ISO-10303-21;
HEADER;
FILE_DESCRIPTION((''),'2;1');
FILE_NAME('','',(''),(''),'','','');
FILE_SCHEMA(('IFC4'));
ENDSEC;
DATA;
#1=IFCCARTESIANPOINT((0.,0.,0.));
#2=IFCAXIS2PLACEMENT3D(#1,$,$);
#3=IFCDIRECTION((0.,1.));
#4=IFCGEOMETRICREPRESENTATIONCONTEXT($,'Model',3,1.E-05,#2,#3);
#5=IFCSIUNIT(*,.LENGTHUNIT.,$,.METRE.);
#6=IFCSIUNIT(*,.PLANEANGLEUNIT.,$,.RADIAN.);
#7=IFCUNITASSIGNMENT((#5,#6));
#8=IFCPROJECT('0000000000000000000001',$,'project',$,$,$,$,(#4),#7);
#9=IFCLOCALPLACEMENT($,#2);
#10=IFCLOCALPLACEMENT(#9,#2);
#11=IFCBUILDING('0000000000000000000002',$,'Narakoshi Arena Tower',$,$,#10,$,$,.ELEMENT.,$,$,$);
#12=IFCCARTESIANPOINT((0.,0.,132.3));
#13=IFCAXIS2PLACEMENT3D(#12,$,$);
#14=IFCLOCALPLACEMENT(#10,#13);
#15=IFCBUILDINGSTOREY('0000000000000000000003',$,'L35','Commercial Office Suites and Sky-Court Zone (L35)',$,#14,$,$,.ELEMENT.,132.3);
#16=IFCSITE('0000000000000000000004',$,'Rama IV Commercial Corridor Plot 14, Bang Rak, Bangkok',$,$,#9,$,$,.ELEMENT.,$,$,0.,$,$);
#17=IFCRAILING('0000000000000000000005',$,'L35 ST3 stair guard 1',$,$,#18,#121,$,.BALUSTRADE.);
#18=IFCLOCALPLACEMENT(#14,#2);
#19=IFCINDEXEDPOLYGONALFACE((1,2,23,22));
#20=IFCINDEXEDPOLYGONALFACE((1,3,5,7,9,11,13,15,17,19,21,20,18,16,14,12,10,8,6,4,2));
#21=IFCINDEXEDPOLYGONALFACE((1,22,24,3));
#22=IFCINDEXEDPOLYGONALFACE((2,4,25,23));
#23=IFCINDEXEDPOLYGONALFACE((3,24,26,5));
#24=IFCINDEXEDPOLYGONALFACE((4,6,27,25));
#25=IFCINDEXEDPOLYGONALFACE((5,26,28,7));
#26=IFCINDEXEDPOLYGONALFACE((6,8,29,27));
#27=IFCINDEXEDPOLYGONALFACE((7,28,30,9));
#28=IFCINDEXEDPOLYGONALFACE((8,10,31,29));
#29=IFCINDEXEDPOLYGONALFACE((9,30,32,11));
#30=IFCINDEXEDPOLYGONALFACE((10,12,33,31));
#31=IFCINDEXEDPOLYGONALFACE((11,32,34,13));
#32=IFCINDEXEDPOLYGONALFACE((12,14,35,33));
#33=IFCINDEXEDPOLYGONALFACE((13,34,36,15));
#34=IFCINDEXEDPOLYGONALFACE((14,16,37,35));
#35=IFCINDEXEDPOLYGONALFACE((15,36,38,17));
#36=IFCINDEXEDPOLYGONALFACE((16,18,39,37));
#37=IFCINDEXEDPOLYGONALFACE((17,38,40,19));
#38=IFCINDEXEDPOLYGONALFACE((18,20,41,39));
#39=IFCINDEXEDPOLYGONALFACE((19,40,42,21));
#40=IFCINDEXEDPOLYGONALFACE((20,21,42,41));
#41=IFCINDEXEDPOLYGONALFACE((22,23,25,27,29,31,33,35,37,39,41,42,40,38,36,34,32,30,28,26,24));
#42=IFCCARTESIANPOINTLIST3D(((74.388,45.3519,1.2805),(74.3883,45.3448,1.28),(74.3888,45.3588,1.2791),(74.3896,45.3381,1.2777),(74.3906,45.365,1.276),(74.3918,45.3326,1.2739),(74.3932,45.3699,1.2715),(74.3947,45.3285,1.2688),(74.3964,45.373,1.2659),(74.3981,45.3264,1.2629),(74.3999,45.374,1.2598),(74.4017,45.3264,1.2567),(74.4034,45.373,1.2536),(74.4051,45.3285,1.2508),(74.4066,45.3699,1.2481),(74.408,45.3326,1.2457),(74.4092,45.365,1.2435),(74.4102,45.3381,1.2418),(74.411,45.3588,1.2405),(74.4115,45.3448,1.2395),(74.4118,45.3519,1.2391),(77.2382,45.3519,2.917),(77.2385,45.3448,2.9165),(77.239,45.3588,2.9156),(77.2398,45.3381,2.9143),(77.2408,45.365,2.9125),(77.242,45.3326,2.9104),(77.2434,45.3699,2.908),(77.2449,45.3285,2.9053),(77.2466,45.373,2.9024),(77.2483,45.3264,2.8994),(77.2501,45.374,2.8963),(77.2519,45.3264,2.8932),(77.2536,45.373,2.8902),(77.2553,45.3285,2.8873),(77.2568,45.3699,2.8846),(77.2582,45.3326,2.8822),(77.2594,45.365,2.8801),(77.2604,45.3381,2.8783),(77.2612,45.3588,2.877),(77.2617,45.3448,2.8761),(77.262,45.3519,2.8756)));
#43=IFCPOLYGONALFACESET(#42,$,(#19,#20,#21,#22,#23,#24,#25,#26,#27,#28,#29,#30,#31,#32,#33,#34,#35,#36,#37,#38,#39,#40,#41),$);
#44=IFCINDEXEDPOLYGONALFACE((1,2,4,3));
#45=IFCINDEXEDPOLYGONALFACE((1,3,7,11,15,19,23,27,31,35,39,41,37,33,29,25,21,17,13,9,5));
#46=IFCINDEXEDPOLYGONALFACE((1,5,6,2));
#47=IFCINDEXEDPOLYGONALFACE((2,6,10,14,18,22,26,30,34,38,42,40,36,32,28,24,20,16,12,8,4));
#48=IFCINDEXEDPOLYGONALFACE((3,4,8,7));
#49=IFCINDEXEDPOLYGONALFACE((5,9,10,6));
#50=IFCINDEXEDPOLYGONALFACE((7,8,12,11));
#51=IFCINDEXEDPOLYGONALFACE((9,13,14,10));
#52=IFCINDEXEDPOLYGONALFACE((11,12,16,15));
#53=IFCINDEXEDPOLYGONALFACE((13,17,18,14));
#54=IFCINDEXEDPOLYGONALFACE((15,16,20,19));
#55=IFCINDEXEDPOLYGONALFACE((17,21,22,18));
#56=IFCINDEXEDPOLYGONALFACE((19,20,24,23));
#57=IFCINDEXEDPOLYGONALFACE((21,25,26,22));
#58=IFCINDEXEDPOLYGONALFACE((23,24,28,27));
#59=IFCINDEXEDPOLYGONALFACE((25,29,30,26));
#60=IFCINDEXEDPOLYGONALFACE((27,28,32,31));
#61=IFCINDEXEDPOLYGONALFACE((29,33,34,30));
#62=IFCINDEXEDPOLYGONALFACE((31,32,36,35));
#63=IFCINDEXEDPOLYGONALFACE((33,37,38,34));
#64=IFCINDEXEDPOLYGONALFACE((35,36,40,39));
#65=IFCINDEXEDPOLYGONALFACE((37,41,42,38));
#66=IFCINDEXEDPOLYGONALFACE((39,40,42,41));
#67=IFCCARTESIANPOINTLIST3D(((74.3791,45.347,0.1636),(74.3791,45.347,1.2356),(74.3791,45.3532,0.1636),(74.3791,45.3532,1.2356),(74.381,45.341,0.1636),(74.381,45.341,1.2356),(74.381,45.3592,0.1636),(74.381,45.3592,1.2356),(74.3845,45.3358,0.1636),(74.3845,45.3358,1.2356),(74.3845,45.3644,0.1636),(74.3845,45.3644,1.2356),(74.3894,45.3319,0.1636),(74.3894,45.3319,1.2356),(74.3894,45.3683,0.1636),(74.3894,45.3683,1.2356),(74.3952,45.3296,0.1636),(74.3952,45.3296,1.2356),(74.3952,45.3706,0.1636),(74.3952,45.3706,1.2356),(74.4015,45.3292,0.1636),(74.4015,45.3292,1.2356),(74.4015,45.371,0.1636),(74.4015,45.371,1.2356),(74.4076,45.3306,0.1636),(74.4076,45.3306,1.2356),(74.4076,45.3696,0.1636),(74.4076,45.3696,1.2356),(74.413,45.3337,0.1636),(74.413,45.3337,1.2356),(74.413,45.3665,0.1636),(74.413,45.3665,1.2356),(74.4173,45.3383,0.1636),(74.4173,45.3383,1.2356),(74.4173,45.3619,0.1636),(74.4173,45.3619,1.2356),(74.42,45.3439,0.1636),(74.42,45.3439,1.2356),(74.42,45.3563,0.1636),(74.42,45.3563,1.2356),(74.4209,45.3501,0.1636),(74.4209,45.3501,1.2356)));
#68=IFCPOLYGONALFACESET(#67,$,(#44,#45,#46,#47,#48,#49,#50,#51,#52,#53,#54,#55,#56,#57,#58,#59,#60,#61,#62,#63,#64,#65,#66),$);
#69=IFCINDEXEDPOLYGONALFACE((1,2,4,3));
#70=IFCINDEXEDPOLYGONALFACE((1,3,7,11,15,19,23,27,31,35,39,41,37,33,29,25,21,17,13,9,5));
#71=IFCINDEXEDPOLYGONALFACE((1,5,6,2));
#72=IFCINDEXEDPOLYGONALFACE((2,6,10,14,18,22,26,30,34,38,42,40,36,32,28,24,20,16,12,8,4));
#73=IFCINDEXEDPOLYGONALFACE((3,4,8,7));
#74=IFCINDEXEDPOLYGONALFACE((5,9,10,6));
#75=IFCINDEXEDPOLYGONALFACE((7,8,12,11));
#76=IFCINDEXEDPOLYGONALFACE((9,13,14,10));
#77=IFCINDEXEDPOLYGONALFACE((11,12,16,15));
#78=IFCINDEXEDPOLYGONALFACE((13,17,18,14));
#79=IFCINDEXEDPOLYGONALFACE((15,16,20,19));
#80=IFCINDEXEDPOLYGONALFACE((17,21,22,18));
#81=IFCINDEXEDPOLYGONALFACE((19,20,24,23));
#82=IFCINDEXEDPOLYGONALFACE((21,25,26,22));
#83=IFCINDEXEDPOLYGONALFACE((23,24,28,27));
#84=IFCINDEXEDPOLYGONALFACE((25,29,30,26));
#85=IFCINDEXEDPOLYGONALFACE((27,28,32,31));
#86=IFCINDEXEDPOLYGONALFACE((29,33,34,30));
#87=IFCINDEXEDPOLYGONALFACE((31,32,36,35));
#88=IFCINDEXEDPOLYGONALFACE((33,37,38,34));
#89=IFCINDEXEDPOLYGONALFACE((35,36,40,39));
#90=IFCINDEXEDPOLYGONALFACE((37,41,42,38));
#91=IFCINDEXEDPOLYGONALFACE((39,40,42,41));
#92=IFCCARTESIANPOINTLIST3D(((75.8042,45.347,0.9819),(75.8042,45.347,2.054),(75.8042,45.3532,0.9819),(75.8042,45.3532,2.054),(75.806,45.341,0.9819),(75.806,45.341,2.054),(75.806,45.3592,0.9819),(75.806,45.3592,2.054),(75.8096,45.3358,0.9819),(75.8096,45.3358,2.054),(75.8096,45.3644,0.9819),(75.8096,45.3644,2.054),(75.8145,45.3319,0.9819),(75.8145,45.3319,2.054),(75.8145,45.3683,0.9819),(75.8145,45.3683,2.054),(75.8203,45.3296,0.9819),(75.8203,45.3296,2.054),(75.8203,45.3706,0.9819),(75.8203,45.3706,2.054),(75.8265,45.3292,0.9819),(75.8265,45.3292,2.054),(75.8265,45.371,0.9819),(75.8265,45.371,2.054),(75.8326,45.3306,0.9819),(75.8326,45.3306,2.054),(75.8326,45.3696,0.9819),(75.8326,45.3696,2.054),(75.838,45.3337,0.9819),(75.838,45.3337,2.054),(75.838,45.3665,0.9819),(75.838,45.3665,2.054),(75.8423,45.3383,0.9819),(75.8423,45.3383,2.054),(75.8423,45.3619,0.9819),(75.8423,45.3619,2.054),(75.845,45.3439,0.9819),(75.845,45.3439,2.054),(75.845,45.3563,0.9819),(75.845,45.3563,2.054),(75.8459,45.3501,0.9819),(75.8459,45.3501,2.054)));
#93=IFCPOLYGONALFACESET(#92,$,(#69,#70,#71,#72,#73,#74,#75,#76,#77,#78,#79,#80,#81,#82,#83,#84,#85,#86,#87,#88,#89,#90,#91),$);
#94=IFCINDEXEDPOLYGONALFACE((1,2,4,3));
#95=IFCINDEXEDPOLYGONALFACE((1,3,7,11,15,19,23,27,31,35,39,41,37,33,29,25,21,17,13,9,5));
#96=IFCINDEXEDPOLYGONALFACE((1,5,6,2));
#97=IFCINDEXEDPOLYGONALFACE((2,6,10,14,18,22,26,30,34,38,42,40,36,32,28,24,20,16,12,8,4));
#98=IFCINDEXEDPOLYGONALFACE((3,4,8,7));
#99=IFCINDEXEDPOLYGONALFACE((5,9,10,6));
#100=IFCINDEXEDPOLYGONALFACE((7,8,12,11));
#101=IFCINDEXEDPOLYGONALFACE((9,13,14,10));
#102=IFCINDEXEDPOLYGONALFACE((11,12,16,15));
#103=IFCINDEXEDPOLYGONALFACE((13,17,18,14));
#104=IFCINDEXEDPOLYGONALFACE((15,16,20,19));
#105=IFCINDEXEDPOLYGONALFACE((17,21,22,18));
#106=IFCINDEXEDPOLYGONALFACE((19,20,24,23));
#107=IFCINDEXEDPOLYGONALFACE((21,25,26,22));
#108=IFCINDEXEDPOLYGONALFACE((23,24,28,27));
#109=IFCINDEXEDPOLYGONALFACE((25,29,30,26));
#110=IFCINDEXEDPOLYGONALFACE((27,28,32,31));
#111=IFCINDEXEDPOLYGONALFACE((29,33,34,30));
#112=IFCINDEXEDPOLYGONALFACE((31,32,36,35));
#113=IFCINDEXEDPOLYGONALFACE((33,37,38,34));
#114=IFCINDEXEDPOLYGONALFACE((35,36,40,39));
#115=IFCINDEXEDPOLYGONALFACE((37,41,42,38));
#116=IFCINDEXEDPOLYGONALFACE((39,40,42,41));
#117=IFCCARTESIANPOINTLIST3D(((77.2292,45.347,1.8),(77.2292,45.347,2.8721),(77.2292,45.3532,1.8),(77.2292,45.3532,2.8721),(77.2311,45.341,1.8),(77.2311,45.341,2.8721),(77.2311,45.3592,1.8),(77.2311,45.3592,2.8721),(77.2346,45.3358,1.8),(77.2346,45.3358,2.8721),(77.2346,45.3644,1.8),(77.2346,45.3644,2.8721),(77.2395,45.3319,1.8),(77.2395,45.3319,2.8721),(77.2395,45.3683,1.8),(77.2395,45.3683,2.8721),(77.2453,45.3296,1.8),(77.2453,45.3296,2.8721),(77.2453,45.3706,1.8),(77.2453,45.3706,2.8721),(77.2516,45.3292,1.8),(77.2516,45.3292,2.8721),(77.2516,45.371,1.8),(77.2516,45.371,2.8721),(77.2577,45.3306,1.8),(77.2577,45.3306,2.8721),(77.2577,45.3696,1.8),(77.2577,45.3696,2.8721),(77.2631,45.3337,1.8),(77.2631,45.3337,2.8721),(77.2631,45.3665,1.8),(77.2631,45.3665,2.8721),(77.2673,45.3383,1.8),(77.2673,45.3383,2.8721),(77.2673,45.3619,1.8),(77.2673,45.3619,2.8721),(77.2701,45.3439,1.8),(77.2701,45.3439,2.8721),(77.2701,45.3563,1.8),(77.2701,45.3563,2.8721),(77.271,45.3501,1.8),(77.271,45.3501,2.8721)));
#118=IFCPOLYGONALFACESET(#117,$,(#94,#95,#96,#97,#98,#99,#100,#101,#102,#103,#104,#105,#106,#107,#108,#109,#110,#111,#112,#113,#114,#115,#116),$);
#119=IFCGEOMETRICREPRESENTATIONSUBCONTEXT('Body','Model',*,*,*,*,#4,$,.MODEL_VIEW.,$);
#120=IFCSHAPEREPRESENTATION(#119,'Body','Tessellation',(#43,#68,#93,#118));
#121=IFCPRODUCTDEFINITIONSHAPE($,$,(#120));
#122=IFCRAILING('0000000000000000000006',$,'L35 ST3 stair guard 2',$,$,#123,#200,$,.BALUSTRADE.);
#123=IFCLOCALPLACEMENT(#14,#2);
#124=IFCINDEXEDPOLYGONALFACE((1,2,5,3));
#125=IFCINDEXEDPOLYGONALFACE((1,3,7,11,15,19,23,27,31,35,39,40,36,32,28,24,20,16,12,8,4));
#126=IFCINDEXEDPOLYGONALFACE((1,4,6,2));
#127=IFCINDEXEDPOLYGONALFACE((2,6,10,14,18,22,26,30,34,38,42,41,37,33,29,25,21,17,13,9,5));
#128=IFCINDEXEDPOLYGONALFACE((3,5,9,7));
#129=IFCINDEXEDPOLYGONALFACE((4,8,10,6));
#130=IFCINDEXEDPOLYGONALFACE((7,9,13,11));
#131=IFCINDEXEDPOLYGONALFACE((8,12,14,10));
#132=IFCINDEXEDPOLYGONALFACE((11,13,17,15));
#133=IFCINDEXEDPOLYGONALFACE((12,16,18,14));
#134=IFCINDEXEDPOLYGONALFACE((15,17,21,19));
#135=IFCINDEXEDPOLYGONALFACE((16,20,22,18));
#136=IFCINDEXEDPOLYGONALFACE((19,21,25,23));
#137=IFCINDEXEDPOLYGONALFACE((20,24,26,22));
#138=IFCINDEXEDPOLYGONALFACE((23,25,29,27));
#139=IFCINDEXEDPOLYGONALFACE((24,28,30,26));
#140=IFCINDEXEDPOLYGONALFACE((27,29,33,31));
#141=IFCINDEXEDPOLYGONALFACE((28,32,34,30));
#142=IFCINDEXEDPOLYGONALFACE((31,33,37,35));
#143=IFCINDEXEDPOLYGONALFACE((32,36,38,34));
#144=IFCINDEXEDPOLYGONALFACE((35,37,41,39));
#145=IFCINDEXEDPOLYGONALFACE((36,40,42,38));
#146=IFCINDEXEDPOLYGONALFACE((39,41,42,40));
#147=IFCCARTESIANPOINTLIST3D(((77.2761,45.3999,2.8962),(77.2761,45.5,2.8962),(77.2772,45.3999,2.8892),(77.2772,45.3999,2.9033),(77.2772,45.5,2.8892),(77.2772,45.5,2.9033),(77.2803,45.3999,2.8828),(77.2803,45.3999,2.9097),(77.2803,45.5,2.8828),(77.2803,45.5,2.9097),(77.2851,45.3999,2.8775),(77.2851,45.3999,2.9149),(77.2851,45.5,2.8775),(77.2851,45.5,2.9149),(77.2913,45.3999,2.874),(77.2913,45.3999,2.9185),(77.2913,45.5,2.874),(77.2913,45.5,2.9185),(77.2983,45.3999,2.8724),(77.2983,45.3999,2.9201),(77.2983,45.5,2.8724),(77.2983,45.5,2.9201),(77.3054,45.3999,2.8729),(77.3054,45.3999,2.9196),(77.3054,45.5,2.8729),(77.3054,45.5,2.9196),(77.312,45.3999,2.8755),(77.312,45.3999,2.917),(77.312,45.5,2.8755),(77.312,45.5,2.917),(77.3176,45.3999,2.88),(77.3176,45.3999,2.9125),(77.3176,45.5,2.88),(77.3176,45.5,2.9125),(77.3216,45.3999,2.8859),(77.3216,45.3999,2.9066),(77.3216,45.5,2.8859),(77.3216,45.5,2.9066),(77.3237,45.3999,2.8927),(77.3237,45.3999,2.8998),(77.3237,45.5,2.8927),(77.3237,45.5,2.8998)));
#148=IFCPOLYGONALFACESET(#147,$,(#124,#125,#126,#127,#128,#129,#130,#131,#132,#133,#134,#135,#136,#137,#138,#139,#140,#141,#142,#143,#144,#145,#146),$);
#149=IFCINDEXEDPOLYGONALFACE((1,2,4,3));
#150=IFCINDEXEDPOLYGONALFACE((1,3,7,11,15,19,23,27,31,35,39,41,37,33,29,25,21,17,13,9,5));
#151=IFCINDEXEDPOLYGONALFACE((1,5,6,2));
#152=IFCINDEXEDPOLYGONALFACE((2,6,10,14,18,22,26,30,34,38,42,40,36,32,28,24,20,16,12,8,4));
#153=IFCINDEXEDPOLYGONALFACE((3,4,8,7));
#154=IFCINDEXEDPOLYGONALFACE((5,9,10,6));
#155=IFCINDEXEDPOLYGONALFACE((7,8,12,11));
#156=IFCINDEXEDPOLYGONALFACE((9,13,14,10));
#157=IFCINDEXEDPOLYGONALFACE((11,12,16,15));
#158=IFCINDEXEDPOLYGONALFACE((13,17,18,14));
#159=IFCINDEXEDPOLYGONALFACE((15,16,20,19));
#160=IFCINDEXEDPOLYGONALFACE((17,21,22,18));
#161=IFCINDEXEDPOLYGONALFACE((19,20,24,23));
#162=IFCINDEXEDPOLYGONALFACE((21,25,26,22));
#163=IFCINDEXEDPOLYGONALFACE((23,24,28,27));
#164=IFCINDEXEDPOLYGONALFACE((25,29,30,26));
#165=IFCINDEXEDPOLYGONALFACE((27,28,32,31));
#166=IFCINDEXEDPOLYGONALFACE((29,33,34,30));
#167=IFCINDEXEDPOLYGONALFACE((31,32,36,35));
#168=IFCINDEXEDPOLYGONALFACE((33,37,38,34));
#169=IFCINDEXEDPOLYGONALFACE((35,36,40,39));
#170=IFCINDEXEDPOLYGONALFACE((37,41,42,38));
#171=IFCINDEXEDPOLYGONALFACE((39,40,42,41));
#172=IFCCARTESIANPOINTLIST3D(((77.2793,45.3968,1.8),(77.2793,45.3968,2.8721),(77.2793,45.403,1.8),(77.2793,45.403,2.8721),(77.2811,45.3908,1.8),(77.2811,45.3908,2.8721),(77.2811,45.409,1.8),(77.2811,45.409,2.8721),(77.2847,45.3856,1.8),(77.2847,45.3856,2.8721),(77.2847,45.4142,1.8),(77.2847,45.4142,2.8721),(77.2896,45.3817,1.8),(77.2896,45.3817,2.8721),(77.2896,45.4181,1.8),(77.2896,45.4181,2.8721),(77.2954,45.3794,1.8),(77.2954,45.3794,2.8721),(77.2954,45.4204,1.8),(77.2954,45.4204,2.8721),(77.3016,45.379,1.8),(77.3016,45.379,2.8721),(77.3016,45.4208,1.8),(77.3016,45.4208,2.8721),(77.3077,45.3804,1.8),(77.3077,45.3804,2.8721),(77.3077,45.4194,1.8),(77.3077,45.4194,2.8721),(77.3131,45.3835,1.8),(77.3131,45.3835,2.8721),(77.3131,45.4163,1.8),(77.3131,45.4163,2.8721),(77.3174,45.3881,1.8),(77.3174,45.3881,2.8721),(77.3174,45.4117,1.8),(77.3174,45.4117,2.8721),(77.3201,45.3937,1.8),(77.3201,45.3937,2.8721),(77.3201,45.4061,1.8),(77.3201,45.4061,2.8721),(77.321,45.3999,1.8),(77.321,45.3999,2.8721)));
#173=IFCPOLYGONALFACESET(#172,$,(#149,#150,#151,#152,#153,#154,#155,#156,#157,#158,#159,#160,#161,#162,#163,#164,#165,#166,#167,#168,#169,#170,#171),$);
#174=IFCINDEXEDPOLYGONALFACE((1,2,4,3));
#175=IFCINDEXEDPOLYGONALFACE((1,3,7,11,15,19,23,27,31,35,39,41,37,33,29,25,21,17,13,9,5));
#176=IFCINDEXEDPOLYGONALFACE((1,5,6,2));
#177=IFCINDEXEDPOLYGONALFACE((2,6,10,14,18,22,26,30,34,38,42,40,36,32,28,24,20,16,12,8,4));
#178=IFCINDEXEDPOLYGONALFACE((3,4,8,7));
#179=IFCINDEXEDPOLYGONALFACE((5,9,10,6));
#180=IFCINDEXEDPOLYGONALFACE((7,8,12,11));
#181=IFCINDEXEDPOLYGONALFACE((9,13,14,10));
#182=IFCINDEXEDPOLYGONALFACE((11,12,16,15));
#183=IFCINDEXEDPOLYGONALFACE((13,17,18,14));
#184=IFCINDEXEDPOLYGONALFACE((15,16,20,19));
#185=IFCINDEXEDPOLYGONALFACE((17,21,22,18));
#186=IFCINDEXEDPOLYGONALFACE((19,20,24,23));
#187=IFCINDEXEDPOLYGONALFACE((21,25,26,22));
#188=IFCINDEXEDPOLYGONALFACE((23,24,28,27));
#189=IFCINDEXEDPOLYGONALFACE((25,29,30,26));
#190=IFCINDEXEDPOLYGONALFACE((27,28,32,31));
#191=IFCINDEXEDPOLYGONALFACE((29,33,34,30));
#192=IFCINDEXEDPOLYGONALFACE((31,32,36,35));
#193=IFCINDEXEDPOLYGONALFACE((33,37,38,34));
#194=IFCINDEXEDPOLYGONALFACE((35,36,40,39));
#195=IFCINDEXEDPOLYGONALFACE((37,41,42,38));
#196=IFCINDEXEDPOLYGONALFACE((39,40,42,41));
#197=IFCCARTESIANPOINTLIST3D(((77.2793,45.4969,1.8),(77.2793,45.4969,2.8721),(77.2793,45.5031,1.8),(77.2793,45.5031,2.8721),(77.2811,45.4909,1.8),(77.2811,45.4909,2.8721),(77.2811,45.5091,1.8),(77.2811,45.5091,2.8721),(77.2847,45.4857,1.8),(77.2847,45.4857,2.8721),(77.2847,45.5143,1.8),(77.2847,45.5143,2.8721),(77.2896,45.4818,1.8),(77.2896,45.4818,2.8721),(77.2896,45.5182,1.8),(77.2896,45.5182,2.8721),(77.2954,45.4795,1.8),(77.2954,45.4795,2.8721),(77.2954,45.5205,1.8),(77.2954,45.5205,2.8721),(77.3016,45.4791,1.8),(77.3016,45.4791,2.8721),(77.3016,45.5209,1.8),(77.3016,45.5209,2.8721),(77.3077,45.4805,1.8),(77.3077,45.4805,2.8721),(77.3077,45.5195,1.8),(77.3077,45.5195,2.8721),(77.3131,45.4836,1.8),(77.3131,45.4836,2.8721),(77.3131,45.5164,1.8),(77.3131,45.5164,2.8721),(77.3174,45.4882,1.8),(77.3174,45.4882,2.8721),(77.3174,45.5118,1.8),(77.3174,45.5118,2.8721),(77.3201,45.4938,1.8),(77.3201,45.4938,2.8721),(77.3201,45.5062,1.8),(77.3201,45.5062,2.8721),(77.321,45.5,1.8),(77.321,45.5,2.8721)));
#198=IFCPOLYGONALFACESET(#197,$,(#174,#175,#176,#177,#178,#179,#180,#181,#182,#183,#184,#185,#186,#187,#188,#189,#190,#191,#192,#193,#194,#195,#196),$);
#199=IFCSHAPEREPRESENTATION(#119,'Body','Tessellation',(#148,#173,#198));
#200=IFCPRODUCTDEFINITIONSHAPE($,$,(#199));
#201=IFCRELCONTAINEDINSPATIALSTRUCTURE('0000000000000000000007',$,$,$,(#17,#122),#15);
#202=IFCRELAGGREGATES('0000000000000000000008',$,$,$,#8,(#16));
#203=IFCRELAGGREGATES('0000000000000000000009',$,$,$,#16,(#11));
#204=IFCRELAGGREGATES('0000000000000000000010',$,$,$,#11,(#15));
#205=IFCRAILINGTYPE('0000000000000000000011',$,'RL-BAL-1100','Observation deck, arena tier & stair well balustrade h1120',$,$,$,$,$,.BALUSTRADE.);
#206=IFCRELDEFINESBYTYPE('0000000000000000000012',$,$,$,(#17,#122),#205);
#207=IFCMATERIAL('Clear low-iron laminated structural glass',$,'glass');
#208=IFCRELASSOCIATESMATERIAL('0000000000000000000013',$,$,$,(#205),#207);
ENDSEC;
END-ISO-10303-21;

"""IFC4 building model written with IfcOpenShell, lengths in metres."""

from ifc_helpers import new_model, si_unit, direction, frame, origin, origin_2d, place, context, subcontext, project, spatial, circle, extrude, material, type_object, element, save


model = new_model("IFC4")

# Units and contexts
model_context = context("Model", 3, precision=1e-05, world=origin(), true_north=direction((0.0, 1.0)))
body_context = subcontext(model_context, "Body", "Model", "MODEL_VIEW")
ifc_project = project(units=[si_unit("LENGTHUNIT", "METRE"), si_unit("PLANEANGLEUNIT", "RADIAN")], contexts=[model_context])

# Site, building, storey
site_placement = place(None, origin())
site = spatial("IfcSite", under=ifc_project, at=site_placement, Name="Rama IV Commercial Corridor Plot 14, Bang Rak, Bangkok", CompositionType="ELEMENT", RefElevation=0.0)
building_placement = place(site_placement, origin())
building = spatial("IfcBuilding", under=site, at=building_placement, Name="Narakoshi Arena Tower", CompositionType="ELEMENT")
storey_placement = place(building_placement, frame((0.0, 0.0, 132.3)))
storey = spatial("IfcBuildingStorey", under=building, at=storey_placement, Name="L35", Description="Commercial Office Suites and Sky-Court Zone (L35)", CompositionType="ELEMENT", Elevation=132.3)

# Railings
ifc_material_1 = material(Name="Clear low-iron laminated structural glass", Category="glass")
railing_type_1 = type_object("IfcRailingType", Name="RL-BAL-1100", Description="Observation deck, arena tier & stair well balustrade h1120", PredefinedType="BALUSTRADE", material=ifc_material_1)
railing_1_placement = place(storey_placement, frame((74.3999, 45.3501, 0.1636)))
element("IfcRailing", 1, at=railing_1_placement, inside=storey, type_object=railing_type_1, Name="L35 ST3 stair guard 1", PredefinedType="BALUSTRADE", context=body_context, shape_type="SweptSolid", body=[
    extrude(circle(Radius=0.0239, at=origin_2d()), frame((0.0, 0.0, 1.0962), z_axis=(0.867213, 0.0, 0.497938), x_axis=(0.0, 1.0, 0.0)), (0.0, 0.0, 1.0), 3.2866),
    extrude(circle(Radius=0.021, at=origin_2d()), origin(), (0.0, 0.0, 1.0), 1.072),
    extrude(circle(Radius=0.021, at=origin_2d()), frame((1.425, 0.0, 0.8184)), (0.0, 0.0, 1.0), 1.072),
    extrude(circle(Radius=0.021, at=origin_2d()), frame((2.8501, 0.0, 1.6365)), (0.0, 0.0, 1.0), 1.072),
])
railing_2_placement = place(storey_placement, frame((77.3, 45.3999, 1.8)))
element("IfcRailing", 2, at=railing_2_placement, inside=storey, type_object=railing_type_1, Name="L35 ST3 stair guard 2", PredefinedType="BALUSTRADE", context=body_context, shape_type="SweptSolid", body=[
    extrude(circle(Radius=0.0239, at=origin_2d()), frame((0.0, 0.0, 1.0962), z_axis=(0.0, 1.0, 0.0), x_axis=(-1.0, 0.0, 0.0)), (0.0, 0.0, 1.0), 0.1001),
    extrude(circle(Radius=0.021, at=origin_2d()), origin(), (0.0, 0.0, 1.0), 1.072),
    extrude(circle(Radius=0.021, at=origin_2d()), frame((0.0, 0.1001, 0.0)), (0.0, 0.0, 1.0), 1.072),
])

save(model, "model.ifc")
